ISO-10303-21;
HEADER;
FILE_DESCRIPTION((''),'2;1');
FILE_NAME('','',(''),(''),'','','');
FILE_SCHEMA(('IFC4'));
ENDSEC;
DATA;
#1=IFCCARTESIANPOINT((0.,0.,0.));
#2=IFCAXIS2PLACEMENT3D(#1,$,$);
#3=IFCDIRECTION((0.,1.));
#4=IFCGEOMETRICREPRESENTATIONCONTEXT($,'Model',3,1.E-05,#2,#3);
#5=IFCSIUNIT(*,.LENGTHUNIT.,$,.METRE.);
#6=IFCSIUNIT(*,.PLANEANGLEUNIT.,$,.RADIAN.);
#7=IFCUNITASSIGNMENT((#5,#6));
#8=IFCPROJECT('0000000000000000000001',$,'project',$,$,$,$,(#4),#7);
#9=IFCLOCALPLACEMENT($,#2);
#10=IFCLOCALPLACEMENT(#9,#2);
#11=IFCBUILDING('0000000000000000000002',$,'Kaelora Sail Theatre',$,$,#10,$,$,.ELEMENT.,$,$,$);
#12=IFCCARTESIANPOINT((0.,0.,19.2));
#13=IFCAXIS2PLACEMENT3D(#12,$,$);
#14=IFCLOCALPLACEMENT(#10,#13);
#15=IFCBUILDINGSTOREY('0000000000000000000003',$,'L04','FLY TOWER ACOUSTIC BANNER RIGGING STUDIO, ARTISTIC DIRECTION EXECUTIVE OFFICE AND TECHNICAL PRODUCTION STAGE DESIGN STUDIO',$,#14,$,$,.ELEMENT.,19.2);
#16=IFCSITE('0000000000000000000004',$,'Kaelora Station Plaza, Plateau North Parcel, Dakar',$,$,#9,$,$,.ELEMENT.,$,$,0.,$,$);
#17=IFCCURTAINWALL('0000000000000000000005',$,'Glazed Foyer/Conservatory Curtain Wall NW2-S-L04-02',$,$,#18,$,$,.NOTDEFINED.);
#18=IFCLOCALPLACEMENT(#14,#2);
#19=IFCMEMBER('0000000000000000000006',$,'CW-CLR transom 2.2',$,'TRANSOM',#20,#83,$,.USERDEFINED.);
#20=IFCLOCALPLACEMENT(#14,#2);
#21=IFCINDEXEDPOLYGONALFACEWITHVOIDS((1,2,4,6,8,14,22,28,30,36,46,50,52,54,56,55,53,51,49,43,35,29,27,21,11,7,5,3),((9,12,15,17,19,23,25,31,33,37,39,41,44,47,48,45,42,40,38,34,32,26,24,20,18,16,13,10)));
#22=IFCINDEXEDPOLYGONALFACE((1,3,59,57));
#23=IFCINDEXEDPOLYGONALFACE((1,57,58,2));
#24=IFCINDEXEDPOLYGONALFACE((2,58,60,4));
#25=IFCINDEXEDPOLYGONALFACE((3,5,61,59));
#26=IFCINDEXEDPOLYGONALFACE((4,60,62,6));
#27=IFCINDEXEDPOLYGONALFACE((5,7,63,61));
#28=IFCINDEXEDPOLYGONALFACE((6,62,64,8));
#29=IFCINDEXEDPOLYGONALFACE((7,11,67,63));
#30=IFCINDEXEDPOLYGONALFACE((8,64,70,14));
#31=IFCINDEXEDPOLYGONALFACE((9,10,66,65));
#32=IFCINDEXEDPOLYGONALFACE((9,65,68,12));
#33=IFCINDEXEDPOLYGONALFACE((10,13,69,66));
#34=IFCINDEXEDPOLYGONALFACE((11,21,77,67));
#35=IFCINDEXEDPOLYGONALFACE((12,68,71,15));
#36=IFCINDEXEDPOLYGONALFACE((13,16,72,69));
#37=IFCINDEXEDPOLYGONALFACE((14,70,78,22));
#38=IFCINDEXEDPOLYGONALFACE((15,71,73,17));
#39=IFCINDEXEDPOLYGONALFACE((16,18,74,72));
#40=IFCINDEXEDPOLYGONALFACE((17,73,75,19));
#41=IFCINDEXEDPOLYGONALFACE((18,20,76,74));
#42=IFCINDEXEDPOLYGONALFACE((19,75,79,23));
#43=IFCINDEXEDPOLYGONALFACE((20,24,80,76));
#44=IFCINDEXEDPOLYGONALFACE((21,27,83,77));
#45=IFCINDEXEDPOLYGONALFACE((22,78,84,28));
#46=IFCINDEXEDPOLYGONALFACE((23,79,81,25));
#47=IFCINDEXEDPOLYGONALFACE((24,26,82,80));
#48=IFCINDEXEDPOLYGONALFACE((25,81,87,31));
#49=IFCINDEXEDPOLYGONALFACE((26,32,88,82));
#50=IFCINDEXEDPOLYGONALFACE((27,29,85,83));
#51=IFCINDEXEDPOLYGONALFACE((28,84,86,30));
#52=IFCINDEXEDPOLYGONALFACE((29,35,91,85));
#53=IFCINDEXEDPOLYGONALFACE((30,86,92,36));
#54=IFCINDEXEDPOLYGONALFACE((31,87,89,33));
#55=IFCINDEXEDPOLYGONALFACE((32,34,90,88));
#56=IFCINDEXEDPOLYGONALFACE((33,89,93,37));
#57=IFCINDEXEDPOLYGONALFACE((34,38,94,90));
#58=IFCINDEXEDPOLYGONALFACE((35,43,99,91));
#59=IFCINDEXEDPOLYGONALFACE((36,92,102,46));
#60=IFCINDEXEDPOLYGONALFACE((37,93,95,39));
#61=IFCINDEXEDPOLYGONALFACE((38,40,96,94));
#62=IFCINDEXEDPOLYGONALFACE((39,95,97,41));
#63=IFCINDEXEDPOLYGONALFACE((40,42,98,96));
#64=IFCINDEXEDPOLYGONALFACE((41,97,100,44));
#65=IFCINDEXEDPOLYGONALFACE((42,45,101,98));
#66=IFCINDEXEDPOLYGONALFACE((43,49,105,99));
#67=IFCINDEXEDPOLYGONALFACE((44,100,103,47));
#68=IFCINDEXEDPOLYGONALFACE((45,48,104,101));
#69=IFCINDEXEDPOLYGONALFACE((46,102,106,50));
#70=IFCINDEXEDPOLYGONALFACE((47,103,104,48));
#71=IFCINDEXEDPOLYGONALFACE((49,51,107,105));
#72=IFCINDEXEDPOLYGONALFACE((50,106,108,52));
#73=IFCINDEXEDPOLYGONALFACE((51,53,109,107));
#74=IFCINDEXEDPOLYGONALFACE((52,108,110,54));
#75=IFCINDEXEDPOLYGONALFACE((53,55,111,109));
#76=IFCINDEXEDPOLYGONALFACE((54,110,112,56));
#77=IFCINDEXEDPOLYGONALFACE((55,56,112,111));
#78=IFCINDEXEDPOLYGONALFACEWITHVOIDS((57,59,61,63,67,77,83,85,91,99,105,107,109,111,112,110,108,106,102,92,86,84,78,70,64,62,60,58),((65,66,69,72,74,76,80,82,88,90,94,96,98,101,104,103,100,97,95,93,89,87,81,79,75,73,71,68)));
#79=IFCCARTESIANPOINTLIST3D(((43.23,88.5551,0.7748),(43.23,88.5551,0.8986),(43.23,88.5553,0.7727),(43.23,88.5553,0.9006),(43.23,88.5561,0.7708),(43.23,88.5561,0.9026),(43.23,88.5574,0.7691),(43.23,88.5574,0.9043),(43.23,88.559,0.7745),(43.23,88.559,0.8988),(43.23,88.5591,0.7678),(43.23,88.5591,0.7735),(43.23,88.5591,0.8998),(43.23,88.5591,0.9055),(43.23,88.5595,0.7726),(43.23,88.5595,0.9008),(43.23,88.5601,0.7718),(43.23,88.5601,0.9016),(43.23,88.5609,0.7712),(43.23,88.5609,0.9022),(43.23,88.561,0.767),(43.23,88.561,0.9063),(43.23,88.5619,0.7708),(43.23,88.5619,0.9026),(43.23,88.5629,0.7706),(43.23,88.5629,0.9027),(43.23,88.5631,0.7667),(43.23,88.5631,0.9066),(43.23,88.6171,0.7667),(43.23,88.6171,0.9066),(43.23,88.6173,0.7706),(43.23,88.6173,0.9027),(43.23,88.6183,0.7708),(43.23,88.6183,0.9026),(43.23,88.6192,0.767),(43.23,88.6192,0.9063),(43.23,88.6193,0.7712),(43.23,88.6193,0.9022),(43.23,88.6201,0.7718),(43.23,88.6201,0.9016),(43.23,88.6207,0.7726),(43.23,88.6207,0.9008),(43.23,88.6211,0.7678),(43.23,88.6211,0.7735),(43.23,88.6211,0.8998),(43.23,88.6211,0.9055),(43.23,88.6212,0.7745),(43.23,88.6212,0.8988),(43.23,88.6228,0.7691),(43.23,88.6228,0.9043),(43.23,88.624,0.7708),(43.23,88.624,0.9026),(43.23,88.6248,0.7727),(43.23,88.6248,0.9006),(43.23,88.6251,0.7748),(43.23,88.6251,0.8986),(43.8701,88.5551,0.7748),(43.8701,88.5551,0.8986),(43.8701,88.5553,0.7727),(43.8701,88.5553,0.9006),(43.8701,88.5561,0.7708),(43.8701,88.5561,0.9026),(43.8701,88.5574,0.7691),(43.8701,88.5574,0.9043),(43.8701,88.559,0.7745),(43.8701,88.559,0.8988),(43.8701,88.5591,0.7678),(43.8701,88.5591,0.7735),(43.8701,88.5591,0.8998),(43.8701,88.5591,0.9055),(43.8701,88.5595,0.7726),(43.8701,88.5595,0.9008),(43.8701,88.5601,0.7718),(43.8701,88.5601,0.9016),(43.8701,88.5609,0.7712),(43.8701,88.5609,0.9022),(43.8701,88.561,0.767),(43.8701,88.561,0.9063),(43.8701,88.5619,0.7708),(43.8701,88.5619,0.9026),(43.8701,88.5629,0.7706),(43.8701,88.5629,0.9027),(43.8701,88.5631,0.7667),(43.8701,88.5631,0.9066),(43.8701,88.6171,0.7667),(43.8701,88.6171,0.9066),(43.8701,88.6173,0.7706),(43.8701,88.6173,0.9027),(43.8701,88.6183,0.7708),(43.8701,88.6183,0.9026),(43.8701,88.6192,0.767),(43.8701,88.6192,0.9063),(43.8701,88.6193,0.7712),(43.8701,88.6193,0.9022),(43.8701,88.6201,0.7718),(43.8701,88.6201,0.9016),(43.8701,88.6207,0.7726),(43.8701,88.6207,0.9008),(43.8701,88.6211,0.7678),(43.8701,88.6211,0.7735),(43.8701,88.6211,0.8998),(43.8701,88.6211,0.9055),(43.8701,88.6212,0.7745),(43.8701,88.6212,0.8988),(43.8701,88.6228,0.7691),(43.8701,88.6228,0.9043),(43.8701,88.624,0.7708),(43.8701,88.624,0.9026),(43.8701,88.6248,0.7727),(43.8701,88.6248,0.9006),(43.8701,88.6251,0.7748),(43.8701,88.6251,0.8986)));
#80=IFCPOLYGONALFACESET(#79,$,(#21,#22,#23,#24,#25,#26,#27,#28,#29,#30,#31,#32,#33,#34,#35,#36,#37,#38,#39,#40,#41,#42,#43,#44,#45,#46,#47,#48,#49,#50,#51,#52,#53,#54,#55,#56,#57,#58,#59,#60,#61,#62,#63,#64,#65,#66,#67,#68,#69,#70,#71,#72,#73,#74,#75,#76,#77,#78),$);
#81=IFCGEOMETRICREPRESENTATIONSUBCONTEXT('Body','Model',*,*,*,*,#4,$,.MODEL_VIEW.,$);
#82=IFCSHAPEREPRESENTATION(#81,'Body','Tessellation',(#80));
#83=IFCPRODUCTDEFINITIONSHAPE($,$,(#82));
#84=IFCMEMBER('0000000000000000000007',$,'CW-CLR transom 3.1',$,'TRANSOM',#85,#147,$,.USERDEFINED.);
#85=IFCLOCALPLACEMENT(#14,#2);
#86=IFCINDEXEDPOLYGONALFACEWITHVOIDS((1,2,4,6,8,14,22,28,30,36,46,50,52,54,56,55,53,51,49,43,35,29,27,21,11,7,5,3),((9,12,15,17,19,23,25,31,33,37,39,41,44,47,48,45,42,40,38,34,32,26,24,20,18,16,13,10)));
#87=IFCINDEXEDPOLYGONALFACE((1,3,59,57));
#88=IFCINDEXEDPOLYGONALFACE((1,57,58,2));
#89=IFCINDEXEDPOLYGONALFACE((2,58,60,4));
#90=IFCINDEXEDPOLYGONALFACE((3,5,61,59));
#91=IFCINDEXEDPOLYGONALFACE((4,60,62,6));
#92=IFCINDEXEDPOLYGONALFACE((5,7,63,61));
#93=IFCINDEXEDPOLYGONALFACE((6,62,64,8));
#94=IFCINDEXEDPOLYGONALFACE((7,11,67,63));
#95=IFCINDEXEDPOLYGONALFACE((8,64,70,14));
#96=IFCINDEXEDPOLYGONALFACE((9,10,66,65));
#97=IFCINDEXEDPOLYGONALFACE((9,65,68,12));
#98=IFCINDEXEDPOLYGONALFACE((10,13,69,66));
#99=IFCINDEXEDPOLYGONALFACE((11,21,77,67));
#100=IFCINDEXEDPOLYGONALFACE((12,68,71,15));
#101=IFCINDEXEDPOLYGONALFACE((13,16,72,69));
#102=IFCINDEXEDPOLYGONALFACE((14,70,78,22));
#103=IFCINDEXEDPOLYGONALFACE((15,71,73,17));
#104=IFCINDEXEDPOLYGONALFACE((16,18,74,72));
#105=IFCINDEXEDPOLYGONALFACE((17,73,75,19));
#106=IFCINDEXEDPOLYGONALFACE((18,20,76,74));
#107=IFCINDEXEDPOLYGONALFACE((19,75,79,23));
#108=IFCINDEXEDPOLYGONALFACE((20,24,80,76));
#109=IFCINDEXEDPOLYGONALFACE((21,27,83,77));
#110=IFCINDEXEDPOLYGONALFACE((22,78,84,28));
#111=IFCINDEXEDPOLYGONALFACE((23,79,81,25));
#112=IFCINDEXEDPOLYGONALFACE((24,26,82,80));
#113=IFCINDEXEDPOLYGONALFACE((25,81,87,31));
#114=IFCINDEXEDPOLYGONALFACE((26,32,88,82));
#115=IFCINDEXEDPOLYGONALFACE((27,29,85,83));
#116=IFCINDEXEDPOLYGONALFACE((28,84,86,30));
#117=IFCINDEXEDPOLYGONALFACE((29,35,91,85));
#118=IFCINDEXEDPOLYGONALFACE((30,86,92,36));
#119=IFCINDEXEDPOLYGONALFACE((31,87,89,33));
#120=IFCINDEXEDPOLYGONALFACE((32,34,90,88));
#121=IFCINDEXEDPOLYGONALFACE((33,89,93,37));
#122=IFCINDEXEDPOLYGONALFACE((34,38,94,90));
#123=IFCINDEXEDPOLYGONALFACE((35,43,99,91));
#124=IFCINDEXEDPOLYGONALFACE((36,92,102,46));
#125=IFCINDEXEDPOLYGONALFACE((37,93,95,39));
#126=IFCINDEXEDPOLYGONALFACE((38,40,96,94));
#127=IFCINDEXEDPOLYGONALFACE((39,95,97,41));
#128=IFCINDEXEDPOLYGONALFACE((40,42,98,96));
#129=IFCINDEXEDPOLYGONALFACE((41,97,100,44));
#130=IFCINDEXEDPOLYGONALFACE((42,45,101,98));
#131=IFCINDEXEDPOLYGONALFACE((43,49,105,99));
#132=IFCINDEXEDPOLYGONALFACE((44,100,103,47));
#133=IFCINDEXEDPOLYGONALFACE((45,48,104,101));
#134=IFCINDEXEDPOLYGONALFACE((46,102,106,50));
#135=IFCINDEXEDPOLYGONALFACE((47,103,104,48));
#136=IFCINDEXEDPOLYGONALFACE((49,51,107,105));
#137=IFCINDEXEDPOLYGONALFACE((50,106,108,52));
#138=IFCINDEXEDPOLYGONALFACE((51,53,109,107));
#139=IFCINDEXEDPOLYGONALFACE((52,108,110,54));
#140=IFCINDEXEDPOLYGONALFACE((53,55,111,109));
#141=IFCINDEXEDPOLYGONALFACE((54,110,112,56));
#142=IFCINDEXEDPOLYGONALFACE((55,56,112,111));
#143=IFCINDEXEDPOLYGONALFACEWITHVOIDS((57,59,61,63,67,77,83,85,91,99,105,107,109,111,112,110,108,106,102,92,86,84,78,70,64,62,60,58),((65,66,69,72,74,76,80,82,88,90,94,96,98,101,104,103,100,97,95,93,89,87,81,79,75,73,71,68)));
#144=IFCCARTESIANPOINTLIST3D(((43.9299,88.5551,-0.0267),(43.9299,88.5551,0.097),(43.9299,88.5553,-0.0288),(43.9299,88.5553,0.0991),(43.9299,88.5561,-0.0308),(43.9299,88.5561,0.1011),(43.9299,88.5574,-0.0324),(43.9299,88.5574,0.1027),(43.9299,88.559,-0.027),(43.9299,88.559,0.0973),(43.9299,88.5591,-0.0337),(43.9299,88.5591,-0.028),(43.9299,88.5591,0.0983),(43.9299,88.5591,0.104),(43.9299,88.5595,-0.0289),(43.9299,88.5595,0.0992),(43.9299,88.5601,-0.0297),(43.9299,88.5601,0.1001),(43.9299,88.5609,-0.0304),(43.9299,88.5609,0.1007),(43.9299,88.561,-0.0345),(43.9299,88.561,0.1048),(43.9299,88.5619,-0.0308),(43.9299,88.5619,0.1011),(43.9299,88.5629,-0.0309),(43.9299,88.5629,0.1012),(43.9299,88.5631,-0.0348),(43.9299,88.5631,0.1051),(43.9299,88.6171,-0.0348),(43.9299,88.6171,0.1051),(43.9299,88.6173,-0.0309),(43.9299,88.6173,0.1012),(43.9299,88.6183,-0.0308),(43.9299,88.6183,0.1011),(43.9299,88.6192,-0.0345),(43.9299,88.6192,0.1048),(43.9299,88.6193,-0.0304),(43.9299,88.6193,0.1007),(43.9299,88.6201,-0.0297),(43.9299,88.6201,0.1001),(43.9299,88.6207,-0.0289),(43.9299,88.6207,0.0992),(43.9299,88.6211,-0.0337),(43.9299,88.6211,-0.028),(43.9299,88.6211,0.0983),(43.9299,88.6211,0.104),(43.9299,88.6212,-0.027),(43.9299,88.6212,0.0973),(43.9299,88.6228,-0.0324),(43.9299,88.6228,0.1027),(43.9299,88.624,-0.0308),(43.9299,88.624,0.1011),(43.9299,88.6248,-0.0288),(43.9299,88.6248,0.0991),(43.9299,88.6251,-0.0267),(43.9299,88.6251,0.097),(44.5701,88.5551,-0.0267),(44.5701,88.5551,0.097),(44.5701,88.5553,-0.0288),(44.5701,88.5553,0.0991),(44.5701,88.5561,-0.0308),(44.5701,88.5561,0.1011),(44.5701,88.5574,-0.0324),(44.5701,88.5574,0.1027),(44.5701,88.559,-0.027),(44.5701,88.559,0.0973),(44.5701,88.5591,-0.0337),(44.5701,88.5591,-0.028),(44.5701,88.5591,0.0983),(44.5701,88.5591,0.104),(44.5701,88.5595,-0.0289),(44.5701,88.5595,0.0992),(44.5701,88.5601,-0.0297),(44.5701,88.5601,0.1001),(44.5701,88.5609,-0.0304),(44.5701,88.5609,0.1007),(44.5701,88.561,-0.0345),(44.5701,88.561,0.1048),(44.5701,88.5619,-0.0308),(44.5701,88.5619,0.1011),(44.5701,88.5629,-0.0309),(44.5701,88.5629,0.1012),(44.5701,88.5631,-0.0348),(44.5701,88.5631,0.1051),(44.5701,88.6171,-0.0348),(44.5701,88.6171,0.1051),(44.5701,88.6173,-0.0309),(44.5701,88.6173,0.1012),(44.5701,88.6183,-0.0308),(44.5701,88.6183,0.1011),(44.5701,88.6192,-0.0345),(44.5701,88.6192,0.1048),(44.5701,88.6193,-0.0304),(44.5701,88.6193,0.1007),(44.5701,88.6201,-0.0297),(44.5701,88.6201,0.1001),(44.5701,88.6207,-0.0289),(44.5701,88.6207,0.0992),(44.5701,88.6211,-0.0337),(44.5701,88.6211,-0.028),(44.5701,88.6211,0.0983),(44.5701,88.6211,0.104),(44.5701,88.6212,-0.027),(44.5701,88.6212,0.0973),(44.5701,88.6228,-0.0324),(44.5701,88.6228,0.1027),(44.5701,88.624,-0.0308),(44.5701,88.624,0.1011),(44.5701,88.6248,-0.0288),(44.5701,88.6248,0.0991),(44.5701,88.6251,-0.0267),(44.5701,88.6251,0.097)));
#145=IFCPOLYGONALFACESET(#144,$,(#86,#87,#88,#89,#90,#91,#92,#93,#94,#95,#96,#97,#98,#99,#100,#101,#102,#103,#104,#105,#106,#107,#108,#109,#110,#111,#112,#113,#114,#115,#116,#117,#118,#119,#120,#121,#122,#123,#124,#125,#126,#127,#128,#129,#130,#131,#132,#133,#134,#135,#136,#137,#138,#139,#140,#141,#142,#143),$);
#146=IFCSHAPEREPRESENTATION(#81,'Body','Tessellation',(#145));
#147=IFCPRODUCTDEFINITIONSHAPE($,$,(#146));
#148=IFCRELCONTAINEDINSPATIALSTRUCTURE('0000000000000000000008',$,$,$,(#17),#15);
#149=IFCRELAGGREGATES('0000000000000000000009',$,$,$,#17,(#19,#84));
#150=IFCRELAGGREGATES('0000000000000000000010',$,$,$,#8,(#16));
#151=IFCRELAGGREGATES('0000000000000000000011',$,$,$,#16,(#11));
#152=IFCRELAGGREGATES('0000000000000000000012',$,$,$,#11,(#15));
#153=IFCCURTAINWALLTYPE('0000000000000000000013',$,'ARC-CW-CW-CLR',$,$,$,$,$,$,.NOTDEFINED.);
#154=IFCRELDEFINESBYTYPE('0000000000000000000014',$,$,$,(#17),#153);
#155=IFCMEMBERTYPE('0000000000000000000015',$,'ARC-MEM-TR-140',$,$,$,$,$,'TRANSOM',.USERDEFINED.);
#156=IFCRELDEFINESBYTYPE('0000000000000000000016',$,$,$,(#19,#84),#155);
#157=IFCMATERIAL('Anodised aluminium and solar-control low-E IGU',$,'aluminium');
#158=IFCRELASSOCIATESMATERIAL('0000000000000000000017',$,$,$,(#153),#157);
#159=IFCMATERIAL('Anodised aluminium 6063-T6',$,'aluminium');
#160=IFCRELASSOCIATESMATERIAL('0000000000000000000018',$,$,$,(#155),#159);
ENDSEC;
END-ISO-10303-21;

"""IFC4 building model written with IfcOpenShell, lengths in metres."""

from ifc_helpers import new_model, si_unit, direction, frame, origin, origin_2d, place, context, subcontext, project, spatial, hollow_rectangle, extrude, material, material_profile, profile_set, type_object, element, aggregate, save


model = new_model("IFC4")

# Units and contexts
model_context = context("Model", 3, precision=1e-05, world=origin(), true_north=direction((0.0, 1.0)))
body_context = subcontext(model_context, "Body", "Model", "MODEL_VIEW")
ifc_project = project(units=[si_unit("LENGTHUNIT", "METRE"), si_unit("PLANEANGLEUNIT", "RADIAN")], contexts=[model_context])

# Site, building, storey
site_placement = place(None, origin())
site = spatial("IfcSite", under=ifc_project, at=site_placement, Name="Kaelora Station Plaza, Plateau North Parcel, Dakar", CompositionType="ELEMENT", RefElevation=0.0)
building_placement = place(site_placement, origin())
building = spatial("IfcBuilding", under=site, at=building_placement, Name="Kaelora Sail Theatre", CompositionType="ELEMENT")
storey_placement = place(building_placement, frame((0.0, 0.0, 19.2)))
storey = spatial("IfcBuildingStorey", under=building, at=storey_placement, Name="L04", Description="FLY TOWER ACOUSTIC BANNER RIGGING STUDIO, ARTISTIC DIRECTION EXECUTIVE OFFICE AND TECHNICAL PRODUCTION STAGE DESIGN STUDIO", CompositionType="ELEMENT", Elevation=19.2)

# Curtain wall, members
ifc_material_1 = material(Name="Anodised aluminium and solar-control low-E IGU", Category="aluminium")
curtain_wall_type = type_object("IfcCurtainWallType", Name="ARC-CW-CW-CLR", PredefinedType="NOTDEFINED", material=ifc_material_1)
curtain_wall_placement = place(storey_placement, origin())
curtain_wall = element("IfcCurtainWall", 1, at=curtain_wall_placement, inside=storey, type_object=curtain_wall_type, Name="Glazed Foyer/Conservatory Curtain Wall NW2-S-L04-02", PredefinedType="NOTDEFINED")
ifc_material_2 = material(Name="Anodised aluminium 6063-T6", Category="aluminium")
ifc_material_profile_1 = material_profile(ifc_material_2, hollow_rectangle(XDim=0.0701, YDim=0.1399, WallThickness=0.0039, InnerFilletRadius=0.0039, OuterFilletRadius=0.0081, at=origin_2d()), Name="ALU-TRAN 70x140x4")
ifc_profile_set_1 = profile_set([ifc_material_profile_1], Name="Anodised aluminium 6063-T6")
member_type_1 = type_object("IfcMemberType", Name="ARC-MEM-TR-140", ElementType="TRANSOM", PredefinedType="USERDEFINED", material=ifc_profile_set_1)
member_1_placement = place(storey_placement, frame((43.23, 88.5901, 0.8367), z_axis=(1.0, 0.0, 0.0), x_axis=(0.0, 1.0, 0.0)))
member_1 = element("IfcMember", 2, at=member_1_placement, type_object=member_type_1, Name="CW-CLR transom 2.2", ObjectType="TRANSOM", PredefinedType="USERDEFINED", context=body_context, shape_type="SweptSolid", body=[
    extrude(hollow_rectangle(XDim=0.0701, YDim=0.1399, WallThickness=0.0039, InnerFilletRadius=0.0039, OuterFilletRadius=0.0081, at=origin_2d()), origin(), (0.0, 0.0, 1.0), 0.6401),
])
member_2_placement = place(storey_placement, frame((43.9299, 88.5901, 0.0352), z_axis=(1.0, 0.0, 0.0), x_axis=(0.0, 1.0, 0.0)))
member_2 = element("IfcMember", 3, at=member_2_placement, type_object=member_type_1, Name="CW-CLR transom 3.1", ObjectType="TRANSOM", PredefinedType="USERDEFINED", context=body_context, shape_type="SweptSolid", body=[
    extrude(hollow_rectangle(XDim=0.0701, YDim=0.1399, WallThickness=0.0039, InnerFilletRadius=0.0039, OuterFilletRadius=0.0081, at=origin_2d()), origin(), (0.0, 0.0, 1.0), 0.6401),
])
aggregate(curtain_wall, [member_1, member_2])

save(model, "model.ifc")
